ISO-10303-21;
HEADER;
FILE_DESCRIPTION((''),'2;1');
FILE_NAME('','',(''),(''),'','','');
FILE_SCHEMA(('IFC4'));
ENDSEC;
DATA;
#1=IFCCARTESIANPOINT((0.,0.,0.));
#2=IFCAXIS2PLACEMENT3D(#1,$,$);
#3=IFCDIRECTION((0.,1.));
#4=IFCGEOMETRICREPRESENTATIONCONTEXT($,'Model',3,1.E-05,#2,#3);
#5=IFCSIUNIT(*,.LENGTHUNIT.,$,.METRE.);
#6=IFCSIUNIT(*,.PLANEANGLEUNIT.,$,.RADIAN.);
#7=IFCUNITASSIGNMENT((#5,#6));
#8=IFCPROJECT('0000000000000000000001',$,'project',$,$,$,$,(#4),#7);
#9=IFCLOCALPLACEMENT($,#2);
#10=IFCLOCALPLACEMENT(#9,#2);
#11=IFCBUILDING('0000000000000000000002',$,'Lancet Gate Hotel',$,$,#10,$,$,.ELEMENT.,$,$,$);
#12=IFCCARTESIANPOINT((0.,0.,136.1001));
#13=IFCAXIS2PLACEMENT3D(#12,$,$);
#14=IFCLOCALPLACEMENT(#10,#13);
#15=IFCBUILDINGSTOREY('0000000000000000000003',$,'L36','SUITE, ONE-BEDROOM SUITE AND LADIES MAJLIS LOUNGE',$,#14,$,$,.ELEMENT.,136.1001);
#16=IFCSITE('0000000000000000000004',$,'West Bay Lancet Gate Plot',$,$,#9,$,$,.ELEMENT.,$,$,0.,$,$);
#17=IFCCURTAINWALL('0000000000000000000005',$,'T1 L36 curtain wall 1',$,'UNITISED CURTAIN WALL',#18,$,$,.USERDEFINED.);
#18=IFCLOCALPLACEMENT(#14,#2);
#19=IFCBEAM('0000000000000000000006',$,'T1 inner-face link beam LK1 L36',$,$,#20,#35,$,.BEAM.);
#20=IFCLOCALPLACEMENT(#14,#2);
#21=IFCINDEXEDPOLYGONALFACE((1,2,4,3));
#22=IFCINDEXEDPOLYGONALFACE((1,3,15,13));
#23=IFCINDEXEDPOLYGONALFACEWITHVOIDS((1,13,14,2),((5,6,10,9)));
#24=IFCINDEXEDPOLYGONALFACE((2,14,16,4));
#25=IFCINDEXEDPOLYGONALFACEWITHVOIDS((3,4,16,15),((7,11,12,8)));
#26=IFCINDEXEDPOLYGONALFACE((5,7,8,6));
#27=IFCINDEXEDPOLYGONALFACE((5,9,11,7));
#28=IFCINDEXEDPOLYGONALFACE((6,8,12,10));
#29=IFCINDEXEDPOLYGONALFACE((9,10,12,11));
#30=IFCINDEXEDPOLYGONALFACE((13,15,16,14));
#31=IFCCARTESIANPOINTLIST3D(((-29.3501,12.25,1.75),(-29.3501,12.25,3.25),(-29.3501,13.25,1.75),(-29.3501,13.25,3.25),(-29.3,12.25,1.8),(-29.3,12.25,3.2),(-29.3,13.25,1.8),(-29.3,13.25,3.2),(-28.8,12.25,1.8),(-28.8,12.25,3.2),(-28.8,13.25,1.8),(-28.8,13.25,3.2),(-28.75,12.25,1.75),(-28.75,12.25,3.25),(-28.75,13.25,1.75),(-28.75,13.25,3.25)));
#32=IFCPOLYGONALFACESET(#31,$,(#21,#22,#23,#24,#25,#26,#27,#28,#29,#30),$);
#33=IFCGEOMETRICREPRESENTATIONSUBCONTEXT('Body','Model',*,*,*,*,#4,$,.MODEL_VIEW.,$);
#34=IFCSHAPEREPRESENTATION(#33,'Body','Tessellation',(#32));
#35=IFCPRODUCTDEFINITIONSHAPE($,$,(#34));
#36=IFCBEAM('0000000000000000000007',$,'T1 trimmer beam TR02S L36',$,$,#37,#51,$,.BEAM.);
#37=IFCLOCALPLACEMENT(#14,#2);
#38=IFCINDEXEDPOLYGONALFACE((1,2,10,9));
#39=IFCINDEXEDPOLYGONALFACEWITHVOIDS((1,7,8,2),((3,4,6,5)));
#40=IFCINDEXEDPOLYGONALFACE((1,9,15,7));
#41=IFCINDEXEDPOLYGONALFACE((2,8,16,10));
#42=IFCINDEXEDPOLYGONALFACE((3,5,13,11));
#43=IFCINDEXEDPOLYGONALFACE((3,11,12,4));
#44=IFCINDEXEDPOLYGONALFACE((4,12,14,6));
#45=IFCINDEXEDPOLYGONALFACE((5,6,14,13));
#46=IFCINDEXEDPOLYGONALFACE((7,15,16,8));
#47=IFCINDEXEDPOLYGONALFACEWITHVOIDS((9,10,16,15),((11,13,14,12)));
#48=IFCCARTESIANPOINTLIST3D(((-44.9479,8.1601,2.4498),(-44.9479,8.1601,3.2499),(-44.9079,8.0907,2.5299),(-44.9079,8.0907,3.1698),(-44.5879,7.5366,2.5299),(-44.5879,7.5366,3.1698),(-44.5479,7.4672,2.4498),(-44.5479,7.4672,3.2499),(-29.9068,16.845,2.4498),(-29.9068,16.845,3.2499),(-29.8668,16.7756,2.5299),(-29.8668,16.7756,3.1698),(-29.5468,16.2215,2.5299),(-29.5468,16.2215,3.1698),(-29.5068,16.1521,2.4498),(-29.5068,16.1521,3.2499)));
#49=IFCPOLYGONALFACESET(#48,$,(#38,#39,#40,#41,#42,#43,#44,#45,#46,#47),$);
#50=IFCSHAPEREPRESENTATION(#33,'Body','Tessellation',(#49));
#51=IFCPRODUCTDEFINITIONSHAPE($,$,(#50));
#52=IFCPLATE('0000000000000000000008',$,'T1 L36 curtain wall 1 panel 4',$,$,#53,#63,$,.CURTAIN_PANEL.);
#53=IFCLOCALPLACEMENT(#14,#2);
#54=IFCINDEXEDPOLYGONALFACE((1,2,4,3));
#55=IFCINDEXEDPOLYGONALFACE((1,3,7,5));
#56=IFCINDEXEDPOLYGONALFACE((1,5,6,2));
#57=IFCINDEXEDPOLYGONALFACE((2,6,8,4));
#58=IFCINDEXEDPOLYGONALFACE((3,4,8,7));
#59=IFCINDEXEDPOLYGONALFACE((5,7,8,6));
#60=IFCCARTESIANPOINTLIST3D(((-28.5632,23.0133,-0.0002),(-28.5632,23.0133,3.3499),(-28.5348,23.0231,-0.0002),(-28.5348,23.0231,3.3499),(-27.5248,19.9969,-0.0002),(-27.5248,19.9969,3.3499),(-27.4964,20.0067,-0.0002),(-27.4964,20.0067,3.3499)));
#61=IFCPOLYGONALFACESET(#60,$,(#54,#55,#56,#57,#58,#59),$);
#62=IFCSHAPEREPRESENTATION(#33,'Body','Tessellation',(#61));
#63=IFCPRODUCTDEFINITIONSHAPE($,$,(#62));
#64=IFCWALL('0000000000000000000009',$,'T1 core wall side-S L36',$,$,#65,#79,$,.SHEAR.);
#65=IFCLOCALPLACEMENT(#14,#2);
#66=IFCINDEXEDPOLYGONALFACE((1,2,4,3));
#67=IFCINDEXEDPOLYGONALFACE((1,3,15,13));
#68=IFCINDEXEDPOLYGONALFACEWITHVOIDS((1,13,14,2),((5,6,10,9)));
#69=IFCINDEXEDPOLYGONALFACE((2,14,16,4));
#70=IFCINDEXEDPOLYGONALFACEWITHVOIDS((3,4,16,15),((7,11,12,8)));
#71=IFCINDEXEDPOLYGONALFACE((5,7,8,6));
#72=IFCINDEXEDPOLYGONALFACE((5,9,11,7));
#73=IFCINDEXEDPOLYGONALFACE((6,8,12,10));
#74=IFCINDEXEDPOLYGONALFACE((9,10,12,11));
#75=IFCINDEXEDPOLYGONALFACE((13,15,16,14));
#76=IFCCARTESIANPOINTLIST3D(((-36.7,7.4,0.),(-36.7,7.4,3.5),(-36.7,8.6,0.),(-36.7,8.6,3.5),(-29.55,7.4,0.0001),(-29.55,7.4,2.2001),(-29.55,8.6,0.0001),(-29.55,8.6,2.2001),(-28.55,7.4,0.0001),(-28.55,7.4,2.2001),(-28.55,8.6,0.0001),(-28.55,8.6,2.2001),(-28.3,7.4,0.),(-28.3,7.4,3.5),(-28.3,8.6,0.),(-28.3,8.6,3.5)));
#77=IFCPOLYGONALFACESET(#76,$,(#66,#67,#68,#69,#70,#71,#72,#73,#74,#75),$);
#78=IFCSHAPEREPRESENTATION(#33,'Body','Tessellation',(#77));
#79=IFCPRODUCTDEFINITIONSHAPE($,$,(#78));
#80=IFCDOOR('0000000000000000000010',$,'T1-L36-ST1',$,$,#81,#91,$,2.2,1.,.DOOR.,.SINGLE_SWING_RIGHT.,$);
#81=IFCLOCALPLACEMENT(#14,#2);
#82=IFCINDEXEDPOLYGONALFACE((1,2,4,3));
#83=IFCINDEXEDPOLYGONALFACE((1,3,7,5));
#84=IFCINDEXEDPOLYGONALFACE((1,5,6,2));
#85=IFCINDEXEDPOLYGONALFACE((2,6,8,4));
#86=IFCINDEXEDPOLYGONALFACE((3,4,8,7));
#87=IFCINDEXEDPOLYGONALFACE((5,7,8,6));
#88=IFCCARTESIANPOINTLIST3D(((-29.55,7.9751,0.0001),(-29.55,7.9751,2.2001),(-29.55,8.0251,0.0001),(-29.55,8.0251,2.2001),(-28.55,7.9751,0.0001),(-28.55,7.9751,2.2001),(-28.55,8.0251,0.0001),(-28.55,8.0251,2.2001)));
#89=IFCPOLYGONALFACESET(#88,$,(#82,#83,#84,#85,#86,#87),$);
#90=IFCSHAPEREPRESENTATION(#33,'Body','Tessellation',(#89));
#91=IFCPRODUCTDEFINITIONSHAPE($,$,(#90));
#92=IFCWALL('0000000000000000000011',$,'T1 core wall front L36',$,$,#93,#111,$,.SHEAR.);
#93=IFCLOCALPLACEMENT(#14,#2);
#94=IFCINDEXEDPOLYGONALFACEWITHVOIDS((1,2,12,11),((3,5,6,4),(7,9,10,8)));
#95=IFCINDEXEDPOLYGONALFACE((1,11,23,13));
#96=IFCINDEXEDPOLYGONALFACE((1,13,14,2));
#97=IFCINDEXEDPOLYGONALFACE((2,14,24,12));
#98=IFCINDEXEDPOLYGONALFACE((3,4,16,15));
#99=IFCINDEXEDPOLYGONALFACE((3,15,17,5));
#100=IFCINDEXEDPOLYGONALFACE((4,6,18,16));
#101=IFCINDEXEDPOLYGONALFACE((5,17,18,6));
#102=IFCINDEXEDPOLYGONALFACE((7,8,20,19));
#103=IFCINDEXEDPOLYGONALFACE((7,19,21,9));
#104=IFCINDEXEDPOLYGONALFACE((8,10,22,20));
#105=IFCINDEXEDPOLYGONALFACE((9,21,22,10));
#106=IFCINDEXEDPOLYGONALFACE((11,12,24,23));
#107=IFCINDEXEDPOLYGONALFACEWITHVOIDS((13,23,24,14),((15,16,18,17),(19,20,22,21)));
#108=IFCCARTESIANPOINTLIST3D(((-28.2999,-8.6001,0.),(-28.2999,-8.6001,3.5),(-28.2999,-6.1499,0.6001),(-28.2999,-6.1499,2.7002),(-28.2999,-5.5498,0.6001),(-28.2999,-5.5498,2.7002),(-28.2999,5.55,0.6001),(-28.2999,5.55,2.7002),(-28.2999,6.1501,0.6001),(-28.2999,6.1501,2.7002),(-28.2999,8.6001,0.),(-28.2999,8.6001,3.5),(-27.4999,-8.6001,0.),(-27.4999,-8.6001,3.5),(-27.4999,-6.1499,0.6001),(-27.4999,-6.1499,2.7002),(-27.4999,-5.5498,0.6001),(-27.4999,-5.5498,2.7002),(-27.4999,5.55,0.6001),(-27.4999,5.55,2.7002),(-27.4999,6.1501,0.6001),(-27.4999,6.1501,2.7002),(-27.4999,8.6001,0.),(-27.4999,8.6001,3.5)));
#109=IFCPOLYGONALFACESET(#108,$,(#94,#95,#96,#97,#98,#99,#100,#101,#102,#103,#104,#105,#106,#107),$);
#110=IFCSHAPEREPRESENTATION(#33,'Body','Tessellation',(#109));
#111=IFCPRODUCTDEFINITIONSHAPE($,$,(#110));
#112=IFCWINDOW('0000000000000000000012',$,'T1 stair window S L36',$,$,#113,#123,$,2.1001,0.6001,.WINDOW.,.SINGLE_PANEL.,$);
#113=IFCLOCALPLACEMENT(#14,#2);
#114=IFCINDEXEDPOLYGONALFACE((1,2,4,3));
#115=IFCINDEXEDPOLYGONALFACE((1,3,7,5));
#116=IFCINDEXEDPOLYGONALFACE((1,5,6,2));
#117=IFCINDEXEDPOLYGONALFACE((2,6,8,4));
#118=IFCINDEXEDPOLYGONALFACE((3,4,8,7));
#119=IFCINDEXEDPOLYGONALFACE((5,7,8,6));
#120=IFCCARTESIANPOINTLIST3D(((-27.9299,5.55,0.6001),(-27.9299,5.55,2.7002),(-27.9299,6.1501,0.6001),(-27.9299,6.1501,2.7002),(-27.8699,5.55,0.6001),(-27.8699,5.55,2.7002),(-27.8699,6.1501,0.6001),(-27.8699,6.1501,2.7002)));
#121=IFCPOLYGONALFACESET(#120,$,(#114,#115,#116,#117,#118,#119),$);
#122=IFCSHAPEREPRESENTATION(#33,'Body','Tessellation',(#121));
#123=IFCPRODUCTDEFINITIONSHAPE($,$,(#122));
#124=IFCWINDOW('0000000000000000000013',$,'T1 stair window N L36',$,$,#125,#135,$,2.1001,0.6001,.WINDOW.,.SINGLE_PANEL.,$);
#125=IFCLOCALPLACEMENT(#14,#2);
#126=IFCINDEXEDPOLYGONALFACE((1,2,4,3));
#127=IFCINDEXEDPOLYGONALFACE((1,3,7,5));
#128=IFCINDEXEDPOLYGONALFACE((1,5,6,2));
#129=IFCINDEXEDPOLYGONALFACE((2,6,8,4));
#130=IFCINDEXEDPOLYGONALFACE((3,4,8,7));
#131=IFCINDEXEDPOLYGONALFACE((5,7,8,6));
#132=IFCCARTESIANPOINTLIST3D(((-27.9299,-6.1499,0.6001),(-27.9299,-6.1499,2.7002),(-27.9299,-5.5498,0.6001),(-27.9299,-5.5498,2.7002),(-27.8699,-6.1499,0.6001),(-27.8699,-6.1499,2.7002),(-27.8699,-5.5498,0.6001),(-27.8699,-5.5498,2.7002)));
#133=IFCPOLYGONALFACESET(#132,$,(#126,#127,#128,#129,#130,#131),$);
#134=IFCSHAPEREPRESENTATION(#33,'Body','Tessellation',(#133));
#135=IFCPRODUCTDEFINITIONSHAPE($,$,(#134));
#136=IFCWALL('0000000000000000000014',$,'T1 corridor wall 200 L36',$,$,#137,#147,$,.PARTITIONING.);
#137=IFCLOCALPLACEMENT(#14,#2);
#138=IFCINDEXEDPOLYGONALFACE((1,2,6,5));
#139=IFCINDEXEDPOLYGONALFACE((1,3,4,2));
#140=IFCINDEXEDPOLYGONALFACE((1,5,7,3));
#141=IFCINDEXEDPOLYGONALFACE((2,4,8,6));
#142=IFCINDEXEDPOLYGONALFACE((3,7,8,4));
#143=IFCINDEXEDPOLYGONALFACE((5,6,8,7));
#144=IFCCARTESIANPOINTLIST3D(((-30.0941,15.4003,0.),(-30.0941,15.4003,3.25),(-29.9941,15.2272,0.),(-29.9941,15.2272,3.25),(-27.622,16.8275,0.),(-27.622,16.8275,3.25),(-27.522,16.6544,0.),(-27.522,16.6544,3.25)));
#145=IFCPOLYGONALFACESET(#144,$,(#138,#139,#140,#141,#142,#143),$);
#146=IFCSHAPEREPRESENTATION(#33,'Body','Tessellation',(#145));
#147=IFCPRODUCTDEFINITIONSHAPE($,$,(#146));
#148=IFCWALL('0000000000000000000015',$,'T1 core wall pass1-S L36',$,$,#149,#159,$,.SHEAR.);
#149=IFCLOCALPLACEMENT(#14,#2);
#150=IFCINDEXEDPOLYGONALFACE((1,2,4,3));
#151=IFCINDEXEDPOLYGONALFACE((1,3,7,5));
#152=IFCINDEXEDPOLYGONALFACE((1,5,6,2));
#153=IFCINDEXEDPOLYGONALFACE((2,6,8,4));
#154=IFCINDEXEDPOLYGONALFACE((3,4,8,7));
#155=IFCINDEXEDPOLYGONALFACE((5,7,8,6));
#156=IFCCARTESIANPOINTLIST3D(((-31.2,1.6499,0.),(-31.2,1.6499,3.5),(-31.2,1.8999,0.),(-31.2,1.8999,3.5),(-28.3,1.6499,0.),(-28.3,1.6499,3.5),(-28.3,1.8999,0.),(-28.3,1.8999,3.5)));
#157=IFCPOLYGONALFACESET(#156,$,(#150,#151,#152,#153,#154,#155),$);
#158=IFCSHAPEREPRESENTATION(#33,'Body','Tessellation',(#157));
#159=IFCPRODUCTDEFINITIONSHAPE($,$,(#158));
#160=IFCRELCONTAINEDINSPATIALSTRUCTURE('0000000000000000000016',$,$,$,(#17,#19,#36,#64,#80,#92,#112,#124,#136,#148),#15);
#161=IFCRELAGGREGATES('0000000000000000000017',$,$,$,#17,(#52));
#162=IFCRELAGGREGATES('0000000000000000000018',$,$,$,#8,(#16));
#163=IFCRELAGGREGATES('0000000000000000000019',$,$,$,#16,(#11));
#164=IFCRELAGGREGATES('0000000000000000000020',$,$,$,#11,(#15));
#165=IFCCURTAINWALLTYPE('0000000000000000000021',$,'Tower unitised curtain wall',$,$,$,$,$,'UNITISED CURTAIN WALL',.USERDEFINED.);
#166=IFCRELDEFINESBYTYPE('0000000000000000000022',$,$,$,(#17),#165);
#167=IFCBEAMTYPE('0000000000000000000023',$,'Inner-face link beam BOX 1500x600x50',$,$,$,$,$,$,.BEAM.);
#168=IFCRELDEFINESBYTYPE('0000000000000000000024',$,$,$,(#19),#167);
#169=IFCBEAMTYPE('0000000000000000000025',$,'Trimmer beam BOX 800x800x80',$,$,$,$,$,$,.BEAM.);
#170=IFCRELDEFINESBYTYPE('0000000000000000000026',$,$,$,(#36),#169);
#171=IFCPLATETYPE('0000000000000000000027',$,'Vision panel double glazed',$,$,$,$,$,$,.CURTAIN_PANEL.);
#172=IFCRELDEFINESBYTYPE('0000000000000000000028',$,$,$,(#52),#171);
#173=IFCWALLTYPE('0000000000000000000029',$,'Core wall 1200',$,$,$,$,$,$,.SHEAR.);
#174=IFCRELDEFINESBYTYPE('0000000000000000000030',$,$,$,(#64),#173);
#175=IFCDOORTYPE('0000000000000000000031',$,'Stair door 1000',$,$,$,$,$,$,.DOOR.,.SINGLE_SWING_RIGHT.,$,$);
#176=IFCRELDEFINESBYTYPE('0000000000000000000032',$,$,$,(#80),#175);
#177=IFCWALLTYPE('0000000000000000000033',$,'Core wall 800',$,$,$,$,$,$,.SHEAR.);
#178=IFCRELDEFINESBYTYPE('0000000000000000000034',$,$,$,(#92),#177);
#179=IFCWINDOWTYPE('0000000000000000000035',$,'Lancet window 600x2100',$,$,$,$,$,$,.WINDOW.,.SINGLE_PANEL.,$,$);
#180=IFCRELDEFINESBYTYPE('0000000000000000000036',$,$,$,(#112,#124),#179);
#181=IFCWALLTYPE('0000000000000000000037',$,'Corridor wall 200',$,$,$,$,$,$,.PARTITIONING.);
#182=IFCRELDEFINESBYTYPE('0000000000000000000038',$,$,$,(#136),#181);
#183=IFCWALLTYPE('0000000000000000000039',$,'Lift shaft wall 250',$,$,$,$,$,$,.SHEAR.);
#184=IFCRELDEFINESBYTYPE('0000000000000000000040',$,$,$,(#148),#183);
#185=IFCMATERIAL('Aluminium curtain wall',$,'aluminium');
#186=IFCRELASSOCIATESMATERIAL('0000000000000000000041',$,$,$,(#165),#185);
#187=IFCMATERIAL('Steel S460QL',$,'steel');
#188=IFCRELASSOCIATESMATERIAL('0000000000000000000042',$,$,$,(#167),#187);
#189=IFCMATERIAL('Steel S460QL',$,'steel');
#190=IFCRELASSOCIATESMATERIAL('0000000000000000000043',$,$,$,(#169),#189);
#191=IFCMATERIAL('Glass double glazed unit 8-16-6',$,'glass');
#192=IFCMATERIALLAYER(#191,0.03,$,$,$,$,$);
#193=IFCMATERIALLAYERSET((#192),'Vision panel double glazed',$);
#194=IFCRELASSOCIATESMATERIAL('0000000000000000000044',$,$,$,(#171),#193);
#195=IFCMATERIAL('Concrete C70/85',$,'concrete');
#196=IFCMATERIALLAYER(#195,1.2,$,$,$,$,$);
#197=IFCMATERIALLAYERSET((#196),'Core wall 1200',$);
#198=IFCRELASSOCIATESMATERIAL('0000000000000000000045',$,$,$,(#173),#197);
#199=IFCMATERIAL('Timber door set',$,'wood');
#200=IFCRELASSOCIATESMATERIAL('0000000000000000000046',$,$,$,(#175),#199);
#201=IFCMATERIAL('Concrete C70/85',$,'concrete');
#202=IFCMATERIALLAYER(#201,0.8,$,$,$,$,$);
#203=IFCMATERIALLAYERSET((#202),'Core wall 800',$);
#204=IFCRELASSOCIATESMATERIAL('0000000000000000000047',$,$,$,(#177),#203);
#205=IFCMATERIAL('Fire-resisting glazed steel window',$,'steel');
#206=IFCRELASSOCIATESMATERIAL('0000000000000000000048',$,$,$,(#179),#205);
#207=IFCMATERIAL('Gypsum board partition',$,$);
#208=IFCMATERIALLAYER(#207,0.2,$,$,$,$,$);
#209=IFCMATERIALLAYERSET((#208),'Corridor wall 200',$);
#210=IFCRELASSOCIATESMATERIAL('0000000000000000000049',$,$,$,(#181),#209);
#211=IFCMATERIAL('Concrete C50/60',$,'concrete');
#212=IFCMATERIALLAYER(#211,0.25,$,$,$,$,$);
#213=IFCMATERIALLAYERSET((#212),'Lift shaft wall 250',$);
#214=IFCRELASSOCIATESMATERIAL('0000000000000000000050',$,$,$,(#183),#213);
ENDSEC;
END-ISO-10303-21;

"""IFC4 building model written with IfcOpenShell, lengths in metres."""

from ifc_helpers import new_model, si_unit, direction, frame, frame_2d, origin, origin_2d, place, context, subcontext, project, spatial, rectangle, hollow_rectangle, extrude, material, layer, layer_set, material_profile, profile_set, type_object, element, fill, aggregate, save


model = new_model("IFC4")

# Units and contexts
model_context = context("Model", 3, precision=1e-05, world=origin(), true_north=direction((0.0, 1.0)))
body_context = subcontext(model_context, "Body", "Model", "MODEL_VIEW")
ifc_project = project(units=[si_unit("LENGTHUNIT", "METRE"), si_unit("PLANEANGLEUNIT", "RADIAN")], contexts=[model_context])

# Site, building, storey
site_placement = place(None, origin())
site = spatial("IfcSite", under=ifc_project, at=site_placement, Name="West Bay Lancet Gate Plot", CompositionType="ELEMENT", RefElevation=0.0)
building_placement = place(site_placement, origin())
building = spatial("IfcBuilding", under=site, at=building_placement, Name="Lancet Gate Hotel", CompositionType="ELEMENT")
storey_placement = place(building_placement, frame((0.0, 0.0, 136.1001)))
storey = spatial("IfcBuildingStorey", under=building, at=storey_placement, Name="L36", Description="SUITE, ONE-BEDROOM SUITE AND LADIES MAJLIS LOUNGE", CompositionType="ELEMENT", Elevation=136.1001)

# Curtain wall
ifc_material_1 = material(Name="Aluminium curtain wall", Category="aluminium")
curtain_wall_type = type_object("IfcCurtainWallType", Name="Tower unitised curtain wall", ElementType="UNITISED CURTAIN WALL", PredefinedType="USERDEFINED", material=ifc_material_1)
curtain_wall_placement = place(storey_placement, origin())
curtain_wall = element("IfcCurtainWall", 1, at=curtain_wall_placement, inside=storey, type_object=curtain_wall_type, Name="T1 L36 curtain wall 1", ObjectType="UNITISED CURTAIN WALL", PredefinedType="USERDEFINED")

# Beams
ifc_material_2 = material(Name="Steel S460QL", Category="steel")
ifc_material_profile_1 = material_profile(ifc_material_2, hollow_rectangle(XDim=0.6001, YDim=1.5, WallThickness=0.05, at=origin_2d()), Name="BOX 1500x600x50")
ifc_profile_set_1 = profile_set([ifc_material_profile_1], Name="Steel S460QL")
beam_type_1 = type_object("IfcBeamType", Name="Inner-face link beam BOX 1500x600x50", PredefinedType="BEAM", material=ifc_profile_set_1)
beam_1_placement = place(storey_placement, frame((-29.05, 13.25, 2.5), z_axis=(0.0, -1.0, 0.0), x_axis=(1.0, 0.0, 0.0)))
element("IfcBeam", 2, at=beam_1_placement, inside=storey, type_object=beam_type_1, Name="T1 inner-face link beam LK1 L36", PredefinedType="BEAM", context=body_context, shape_type="SweptSolid", body=[
    extrude(hollow_rectangle(XDim=0.6001, YDim=1.5, WallThickness=0.05, at=origin_2d()), origin(), (0.0, 0.0, 1.0), 1.0),
])
ifc_material_3 = material(Name="Steel S460QL", Category="steel")
ifc_material_profile_2 = material_profile(ifc_material_3, hollow_rectangle(XDim=0.8, YDim=0.8, WallThickness=0.0801, at=origin_2d()), Name="BOX 800x800x80")
ifc_profile_set_2 = profile_set([ifc_material_profile_2], Name="Steel S460QL")
beam_type_2 = type_object("IfcBeamType", Name="Trimmer beam BOX 800x800x80", PredefinedType="BEAM", material=ifc_profile_set_2)
beam_2_placement = place(storey_placement, frame((-29.7068, 16.4985, 2.8499), z_axis=(-0.866003, -0.500038, 0.0), x_axis=(0.500038, -0.866003, 0.0)))
element("IfcBeam", 3, at=beam_2_placement, inside=storey, type_object=beam_type_2, Name="T1 trimmer beam TR02S L36", PredefinedType="BEAM", context=body_context, shape_type="SweptSolid", body=[
    extrude(hollow_rectangle(XDim=0.8, YDim=0.8, WallThickness=0.0801, at=origin_2d()), origin(), (0.0, 0.0, 1.0), 17.3684),
])

# Plate
ifc_material_4 = material(Name="Glass double glazed unit 8-16-6", Category="glass")
ifc_layer_1 = layer(ifc_material_4, 0.03)
ifc_layer_set_1 = layer_set([ifc_layer_1], Name="Vision panel double glazed")
plate_type = type_object("IfcPlateType", Name="Vision panel double glazed", PredefinedType="CURTAIN_PANEL", material=ifc_layer_set_1)
plate_placement = place(storey_placement, frame((-28.0298, 21.51, -0.0002), z_axis=(0.0, 0.0, 1.0), x_axis=(-0.325516, 0.945537, 0.0)))
plate = element("IfcPlate", 4, at=plate_placement, type_object=plate_type, Name="T1 L36 curtain wall 1 panel 4", PredefinedType="CURTAIN_PANEL", context=body_context, shape_type="SweptSolid", body=[
    extrude(rectangle(XDim=3.1902, YDim=0.03, at=origin_2d()), origin(), (0.0, 0.0, 1.0), 3.3501),
])
aggregate(curtain_wall, [plate])

# Wall, opening, door
ifc_material_5 = material(Name="Concrete C70/85", Category="concrete")
ifc_layer_2 = layer(ifc_material_5, 1.2)
ifc_layer_set_2 = layer_set([ifc_layer_2], Name="Core wall 1200")
wall_type_1 = type_object("IfcWallType", Name="Core wall 1200", PredefinedType="SHEAR", material=ifc_layer_set_2)
wall_1_placement = place(storey_placement, frame((-28.3, 8.0, 0.0), z_axis=(0.0, 0.0, 1.0), x_axis=(-1.0, 0.0, 0.0)))
wall_1 = element("IfcWall", 5, at=wall_1_placement, inside=storey, type_object=wall_type_1, Name="T1 core wall side-S L36", PredefinedType="SHEAR", context=body_context, shape_type="SweptSolid", body=[
    extrude(rectangle(XDim=8.3999, YDim=1.2, at=frame_2d((4.2, 0.0))), origin(), (0.0, 0.0, 1.0), 3.5),
])
opening_1_placement = place(wall_1_placement, frame((0.25, 0.0, 0.0)))
opening_1 = element("IfcOpeningElement", 6, at=opening_1_placement, cuts=wall_1, PredefinedType="OPENING", context=body_context, shape_type="SweptSolid", body=[
    extrude(rectangle(XDim=1.0, YDim=2.2, at=frame_2d((0.5, 1.1001))), frame((0.0, 0.6099, 0.0), z_axis=(0.0, -1.0, 0.0), x_axis=(1.0, 0.0, 0.0)), (0.0, 0.0, 1.0), 1.22),
])
ifc_material_6 = material(Name="Timber door set", Category="wood")
door_type = type_object("IfcDoorType", Name="Stair door 1000", OperationType="SINGLE_SWING_RIGHT", PredefinedType="DOOR", material=ifc_material_6)
door_placement = place(opening_1_placement, origin())
door = element("IfcDoor", 7, at=door_placement, inside=storey, type_object=door_type, Name="T1-L36-ST1", OperationType="SINGLE_SWING_RIGHT", OverallHeight=2.2, OverallWidth=1.0, PredefinedType="DOOR", context=body_context, shape_type="SweptSolid", body=[
    extrude(rectangle(XDim=1.0, YDim=2.2, at=frame_2d((0.5, 1.1001))), frame((0.0, 0.0249, 0.0), z_axis=(0.0, -1.0, 0.0), x_axis=(1.0, 0.0, 0.0)), (0.0, 0.0, 1.0), 0.05),
])
fill(opening_1, door)

# Wall, openings, windows
ifc_material_7 = material(Name="Concrete C70/85", Category="concrete")
ifc_layer_3 = layer(ifc_material_7, 0.8)
ifc_layer_set_3 = layer_set([ifc_layer_3], Name="Core wall 800")
wall_type_2 = type_object("IfcWallType", Name="Core wall 800", PredefinedType="SHEAR", material=ifc_layer_set_3)
wall_2_placement = place(storey_placement, frame((-27.8999, 8.6001, 0.0), z_axis=(0.0, 0.0, 1.0), x_axis=(0.0, -1.0, 0.0)))
wall_2 = element("IfcWall", 8, at=wall_2_placement, inside=storey, type_object=wall_type_2, Name="T1 core wall front L36", PredefinedType="SHEAR", context=body_context, shape_type="SweptSolid", body=[
    extrude(rectangle(XDim=17.2002, YDim=0.8, at=frame_2d((8.6001, 0.0))), origin(), (0.0, 0.0, 1.0), 3.5),
])
opening_2_placement = place(wall_2_placement, frame((2.45, 0.0, 0.6001)))
opening_2 = element("IfcOpeningElement", 9, at=opening_2_placement, cuts=wall_2, PredefinedType="OPENING", context=body_context, shape_type="SweptSolid", body=[
    extrude(rectangle(XDim=0.6001, YDim=2.1001, at=frame_2d((0.3, 1.05))), frame((0.0, 0.4099, 0.0), z_axis=(0.0, -1.0, 0.0), x_axis=(1.0, 0.0, 0.0)), (0.0, 0.0, 1.0), 0.8201),
])
opening_3_placement = place(wall_2_placement, frame((14.1499, 0.0, 0.6001)))
opening_3 = element("IfcOpeningElement", 10, at=opening_3_placement, cuts=wall_2, PredefinedType="OPENING", context=body_context, shape_type="SweptSolid", body=[
    extrude(rectangle(XDim=0.6001, YDim=2.1001, at=frame_2d((0.3, 1.05))), frame((0.0, 0.4099, 0.0), z_axis=(0.0, -1.0, 0.0), x_axis=(1.0, 0.0, 0.0)), (0.0, 0.0, 1.0), 0.8201),
])
ifc_material_8 = material(Name="Fire-resisting glazed steel window", Category="steel")
window_type = type_object("IfcWindowType", Name="Lancet window 600x2100", PartitioningType="SINGLE_PANEL", PredefinedType="WINDOW", material=ifc_material_8)
window_1_placement = place(opening_2_placement, origin())
window_1 = element("IfcWindow", 11, at=window_1_placement, inside=storey, type_object=window_type, Name="T1 stair window S L36", OverallHeight=2.1001, OverallWidth=0.6001, PartitioningType="SINGLE_PANEL", PredefinedType="WINDOW", context=body_context, shape_type="SweptSolid", body=[
    extrude(rectangle(XDim=0.6001, YDim=2.1001, at=frame_2d((0.3, 1.05))), frame((0.0, 0.03, 0.0), z_axis=(0.0, -1.0, 0.0), x_axis=(1.0, 0.0, 0.0)), (0.0, 0.0, 1.0), 0.0601),
])
fill(opening_2, window_1)
window_2_placement = place(opening_3_placement, origin())
window_2 = element("IfcWindow", 12, at=window_2_placement, inside=storey, type_object=window_type, Name="T1 stair window N L36", OverallHeight=2.1001, OverallWidth=0.6001, PartitioningType="SINGLE_PANEL", PredefinedType="WINDOW", context=body_context, shape_type="SweptSolid", body=[
    extrude(rectangle(XDim=0.6001, YDim=2.1001, at=frame_2d((0.3, 1.05))), frame((0.0, 0.03, 0.0), z_axis=(0.0, -1.0, 0.0), x_axis=(1.0, 0.0, 0.0)), (0.0, 0.0, 1.0), 0.0601),
])
fill(opening_3, window_2)

# Walls
ifc_material_9 = material(Name="Gypsum board partition")
ifc_layer_4 = layer(ifc_material_9, 0.2)
ifc_layer_set_4 = layer_set([ifc_layer_4], Name="Corridor wall 200")
wall_type_3 = type_object("IfcWallType", Name="Corridor wall 200", PredefinedType="PARTITIONING", material=ifc_layer_set_4)
wall_3_placement = place(storey_placement, frame((-27.572, 16.741, 0.0), z_axis=(0.0, 0.0, 1.0), x_axis=(-0.866035, -0.499984, 0.0)))
element("IfcWall", 13, at=wall_3_placement, inside=storey, type_object=wall_type_3, Name="T1 corridor wall 200 L36", PredefinedType="PARTITIONING", context=body_context, shape_type="SweptSolid", body=[
    extrude(rectangle(XDim=2.8545, YDim=0.2, at=frame_2d((1.4272, 0.0))), origin(), (0.0, 0.0, 1.0), 3.25),
])
ifc_material_10 = material(Name="Concrete C50/60", Category="concrete")
ifc_layer_5 = layer(ifc_material_10, 0.25)
ifc_layer_set_5 = layer_set([ifc_layer_5], Name="Lift shaft wall 250")
wall_type_4 = type_object("IfcWallType", Name="Lift shaft wall 250", PredefinedType="SHEAR", material=ifc_layer_set_5)
wall_4_placement = place(storey_placement, frame((-28.3, 1.7749, 0.0), z_axis=(0.0, 0.0, 1.0), x_axis=(-1.0, 0.0, 0.0)))
element("IfcWall", 14, at=wall_4_placement, inside=storey, type_object=wall_type_4, Name="T1 core wall pass1-S L36", PredefinedType="SHEAR", context=body_context, shape_type="SweptSolid", body=[
    extrude(rectangle(XDim=2.8999, YDim=0.25, at=frame_2d((1.45, 0.0))), origin(), (0.0, 0.0, 1.0), 3.5),
])

save(model, "model.ifc")
